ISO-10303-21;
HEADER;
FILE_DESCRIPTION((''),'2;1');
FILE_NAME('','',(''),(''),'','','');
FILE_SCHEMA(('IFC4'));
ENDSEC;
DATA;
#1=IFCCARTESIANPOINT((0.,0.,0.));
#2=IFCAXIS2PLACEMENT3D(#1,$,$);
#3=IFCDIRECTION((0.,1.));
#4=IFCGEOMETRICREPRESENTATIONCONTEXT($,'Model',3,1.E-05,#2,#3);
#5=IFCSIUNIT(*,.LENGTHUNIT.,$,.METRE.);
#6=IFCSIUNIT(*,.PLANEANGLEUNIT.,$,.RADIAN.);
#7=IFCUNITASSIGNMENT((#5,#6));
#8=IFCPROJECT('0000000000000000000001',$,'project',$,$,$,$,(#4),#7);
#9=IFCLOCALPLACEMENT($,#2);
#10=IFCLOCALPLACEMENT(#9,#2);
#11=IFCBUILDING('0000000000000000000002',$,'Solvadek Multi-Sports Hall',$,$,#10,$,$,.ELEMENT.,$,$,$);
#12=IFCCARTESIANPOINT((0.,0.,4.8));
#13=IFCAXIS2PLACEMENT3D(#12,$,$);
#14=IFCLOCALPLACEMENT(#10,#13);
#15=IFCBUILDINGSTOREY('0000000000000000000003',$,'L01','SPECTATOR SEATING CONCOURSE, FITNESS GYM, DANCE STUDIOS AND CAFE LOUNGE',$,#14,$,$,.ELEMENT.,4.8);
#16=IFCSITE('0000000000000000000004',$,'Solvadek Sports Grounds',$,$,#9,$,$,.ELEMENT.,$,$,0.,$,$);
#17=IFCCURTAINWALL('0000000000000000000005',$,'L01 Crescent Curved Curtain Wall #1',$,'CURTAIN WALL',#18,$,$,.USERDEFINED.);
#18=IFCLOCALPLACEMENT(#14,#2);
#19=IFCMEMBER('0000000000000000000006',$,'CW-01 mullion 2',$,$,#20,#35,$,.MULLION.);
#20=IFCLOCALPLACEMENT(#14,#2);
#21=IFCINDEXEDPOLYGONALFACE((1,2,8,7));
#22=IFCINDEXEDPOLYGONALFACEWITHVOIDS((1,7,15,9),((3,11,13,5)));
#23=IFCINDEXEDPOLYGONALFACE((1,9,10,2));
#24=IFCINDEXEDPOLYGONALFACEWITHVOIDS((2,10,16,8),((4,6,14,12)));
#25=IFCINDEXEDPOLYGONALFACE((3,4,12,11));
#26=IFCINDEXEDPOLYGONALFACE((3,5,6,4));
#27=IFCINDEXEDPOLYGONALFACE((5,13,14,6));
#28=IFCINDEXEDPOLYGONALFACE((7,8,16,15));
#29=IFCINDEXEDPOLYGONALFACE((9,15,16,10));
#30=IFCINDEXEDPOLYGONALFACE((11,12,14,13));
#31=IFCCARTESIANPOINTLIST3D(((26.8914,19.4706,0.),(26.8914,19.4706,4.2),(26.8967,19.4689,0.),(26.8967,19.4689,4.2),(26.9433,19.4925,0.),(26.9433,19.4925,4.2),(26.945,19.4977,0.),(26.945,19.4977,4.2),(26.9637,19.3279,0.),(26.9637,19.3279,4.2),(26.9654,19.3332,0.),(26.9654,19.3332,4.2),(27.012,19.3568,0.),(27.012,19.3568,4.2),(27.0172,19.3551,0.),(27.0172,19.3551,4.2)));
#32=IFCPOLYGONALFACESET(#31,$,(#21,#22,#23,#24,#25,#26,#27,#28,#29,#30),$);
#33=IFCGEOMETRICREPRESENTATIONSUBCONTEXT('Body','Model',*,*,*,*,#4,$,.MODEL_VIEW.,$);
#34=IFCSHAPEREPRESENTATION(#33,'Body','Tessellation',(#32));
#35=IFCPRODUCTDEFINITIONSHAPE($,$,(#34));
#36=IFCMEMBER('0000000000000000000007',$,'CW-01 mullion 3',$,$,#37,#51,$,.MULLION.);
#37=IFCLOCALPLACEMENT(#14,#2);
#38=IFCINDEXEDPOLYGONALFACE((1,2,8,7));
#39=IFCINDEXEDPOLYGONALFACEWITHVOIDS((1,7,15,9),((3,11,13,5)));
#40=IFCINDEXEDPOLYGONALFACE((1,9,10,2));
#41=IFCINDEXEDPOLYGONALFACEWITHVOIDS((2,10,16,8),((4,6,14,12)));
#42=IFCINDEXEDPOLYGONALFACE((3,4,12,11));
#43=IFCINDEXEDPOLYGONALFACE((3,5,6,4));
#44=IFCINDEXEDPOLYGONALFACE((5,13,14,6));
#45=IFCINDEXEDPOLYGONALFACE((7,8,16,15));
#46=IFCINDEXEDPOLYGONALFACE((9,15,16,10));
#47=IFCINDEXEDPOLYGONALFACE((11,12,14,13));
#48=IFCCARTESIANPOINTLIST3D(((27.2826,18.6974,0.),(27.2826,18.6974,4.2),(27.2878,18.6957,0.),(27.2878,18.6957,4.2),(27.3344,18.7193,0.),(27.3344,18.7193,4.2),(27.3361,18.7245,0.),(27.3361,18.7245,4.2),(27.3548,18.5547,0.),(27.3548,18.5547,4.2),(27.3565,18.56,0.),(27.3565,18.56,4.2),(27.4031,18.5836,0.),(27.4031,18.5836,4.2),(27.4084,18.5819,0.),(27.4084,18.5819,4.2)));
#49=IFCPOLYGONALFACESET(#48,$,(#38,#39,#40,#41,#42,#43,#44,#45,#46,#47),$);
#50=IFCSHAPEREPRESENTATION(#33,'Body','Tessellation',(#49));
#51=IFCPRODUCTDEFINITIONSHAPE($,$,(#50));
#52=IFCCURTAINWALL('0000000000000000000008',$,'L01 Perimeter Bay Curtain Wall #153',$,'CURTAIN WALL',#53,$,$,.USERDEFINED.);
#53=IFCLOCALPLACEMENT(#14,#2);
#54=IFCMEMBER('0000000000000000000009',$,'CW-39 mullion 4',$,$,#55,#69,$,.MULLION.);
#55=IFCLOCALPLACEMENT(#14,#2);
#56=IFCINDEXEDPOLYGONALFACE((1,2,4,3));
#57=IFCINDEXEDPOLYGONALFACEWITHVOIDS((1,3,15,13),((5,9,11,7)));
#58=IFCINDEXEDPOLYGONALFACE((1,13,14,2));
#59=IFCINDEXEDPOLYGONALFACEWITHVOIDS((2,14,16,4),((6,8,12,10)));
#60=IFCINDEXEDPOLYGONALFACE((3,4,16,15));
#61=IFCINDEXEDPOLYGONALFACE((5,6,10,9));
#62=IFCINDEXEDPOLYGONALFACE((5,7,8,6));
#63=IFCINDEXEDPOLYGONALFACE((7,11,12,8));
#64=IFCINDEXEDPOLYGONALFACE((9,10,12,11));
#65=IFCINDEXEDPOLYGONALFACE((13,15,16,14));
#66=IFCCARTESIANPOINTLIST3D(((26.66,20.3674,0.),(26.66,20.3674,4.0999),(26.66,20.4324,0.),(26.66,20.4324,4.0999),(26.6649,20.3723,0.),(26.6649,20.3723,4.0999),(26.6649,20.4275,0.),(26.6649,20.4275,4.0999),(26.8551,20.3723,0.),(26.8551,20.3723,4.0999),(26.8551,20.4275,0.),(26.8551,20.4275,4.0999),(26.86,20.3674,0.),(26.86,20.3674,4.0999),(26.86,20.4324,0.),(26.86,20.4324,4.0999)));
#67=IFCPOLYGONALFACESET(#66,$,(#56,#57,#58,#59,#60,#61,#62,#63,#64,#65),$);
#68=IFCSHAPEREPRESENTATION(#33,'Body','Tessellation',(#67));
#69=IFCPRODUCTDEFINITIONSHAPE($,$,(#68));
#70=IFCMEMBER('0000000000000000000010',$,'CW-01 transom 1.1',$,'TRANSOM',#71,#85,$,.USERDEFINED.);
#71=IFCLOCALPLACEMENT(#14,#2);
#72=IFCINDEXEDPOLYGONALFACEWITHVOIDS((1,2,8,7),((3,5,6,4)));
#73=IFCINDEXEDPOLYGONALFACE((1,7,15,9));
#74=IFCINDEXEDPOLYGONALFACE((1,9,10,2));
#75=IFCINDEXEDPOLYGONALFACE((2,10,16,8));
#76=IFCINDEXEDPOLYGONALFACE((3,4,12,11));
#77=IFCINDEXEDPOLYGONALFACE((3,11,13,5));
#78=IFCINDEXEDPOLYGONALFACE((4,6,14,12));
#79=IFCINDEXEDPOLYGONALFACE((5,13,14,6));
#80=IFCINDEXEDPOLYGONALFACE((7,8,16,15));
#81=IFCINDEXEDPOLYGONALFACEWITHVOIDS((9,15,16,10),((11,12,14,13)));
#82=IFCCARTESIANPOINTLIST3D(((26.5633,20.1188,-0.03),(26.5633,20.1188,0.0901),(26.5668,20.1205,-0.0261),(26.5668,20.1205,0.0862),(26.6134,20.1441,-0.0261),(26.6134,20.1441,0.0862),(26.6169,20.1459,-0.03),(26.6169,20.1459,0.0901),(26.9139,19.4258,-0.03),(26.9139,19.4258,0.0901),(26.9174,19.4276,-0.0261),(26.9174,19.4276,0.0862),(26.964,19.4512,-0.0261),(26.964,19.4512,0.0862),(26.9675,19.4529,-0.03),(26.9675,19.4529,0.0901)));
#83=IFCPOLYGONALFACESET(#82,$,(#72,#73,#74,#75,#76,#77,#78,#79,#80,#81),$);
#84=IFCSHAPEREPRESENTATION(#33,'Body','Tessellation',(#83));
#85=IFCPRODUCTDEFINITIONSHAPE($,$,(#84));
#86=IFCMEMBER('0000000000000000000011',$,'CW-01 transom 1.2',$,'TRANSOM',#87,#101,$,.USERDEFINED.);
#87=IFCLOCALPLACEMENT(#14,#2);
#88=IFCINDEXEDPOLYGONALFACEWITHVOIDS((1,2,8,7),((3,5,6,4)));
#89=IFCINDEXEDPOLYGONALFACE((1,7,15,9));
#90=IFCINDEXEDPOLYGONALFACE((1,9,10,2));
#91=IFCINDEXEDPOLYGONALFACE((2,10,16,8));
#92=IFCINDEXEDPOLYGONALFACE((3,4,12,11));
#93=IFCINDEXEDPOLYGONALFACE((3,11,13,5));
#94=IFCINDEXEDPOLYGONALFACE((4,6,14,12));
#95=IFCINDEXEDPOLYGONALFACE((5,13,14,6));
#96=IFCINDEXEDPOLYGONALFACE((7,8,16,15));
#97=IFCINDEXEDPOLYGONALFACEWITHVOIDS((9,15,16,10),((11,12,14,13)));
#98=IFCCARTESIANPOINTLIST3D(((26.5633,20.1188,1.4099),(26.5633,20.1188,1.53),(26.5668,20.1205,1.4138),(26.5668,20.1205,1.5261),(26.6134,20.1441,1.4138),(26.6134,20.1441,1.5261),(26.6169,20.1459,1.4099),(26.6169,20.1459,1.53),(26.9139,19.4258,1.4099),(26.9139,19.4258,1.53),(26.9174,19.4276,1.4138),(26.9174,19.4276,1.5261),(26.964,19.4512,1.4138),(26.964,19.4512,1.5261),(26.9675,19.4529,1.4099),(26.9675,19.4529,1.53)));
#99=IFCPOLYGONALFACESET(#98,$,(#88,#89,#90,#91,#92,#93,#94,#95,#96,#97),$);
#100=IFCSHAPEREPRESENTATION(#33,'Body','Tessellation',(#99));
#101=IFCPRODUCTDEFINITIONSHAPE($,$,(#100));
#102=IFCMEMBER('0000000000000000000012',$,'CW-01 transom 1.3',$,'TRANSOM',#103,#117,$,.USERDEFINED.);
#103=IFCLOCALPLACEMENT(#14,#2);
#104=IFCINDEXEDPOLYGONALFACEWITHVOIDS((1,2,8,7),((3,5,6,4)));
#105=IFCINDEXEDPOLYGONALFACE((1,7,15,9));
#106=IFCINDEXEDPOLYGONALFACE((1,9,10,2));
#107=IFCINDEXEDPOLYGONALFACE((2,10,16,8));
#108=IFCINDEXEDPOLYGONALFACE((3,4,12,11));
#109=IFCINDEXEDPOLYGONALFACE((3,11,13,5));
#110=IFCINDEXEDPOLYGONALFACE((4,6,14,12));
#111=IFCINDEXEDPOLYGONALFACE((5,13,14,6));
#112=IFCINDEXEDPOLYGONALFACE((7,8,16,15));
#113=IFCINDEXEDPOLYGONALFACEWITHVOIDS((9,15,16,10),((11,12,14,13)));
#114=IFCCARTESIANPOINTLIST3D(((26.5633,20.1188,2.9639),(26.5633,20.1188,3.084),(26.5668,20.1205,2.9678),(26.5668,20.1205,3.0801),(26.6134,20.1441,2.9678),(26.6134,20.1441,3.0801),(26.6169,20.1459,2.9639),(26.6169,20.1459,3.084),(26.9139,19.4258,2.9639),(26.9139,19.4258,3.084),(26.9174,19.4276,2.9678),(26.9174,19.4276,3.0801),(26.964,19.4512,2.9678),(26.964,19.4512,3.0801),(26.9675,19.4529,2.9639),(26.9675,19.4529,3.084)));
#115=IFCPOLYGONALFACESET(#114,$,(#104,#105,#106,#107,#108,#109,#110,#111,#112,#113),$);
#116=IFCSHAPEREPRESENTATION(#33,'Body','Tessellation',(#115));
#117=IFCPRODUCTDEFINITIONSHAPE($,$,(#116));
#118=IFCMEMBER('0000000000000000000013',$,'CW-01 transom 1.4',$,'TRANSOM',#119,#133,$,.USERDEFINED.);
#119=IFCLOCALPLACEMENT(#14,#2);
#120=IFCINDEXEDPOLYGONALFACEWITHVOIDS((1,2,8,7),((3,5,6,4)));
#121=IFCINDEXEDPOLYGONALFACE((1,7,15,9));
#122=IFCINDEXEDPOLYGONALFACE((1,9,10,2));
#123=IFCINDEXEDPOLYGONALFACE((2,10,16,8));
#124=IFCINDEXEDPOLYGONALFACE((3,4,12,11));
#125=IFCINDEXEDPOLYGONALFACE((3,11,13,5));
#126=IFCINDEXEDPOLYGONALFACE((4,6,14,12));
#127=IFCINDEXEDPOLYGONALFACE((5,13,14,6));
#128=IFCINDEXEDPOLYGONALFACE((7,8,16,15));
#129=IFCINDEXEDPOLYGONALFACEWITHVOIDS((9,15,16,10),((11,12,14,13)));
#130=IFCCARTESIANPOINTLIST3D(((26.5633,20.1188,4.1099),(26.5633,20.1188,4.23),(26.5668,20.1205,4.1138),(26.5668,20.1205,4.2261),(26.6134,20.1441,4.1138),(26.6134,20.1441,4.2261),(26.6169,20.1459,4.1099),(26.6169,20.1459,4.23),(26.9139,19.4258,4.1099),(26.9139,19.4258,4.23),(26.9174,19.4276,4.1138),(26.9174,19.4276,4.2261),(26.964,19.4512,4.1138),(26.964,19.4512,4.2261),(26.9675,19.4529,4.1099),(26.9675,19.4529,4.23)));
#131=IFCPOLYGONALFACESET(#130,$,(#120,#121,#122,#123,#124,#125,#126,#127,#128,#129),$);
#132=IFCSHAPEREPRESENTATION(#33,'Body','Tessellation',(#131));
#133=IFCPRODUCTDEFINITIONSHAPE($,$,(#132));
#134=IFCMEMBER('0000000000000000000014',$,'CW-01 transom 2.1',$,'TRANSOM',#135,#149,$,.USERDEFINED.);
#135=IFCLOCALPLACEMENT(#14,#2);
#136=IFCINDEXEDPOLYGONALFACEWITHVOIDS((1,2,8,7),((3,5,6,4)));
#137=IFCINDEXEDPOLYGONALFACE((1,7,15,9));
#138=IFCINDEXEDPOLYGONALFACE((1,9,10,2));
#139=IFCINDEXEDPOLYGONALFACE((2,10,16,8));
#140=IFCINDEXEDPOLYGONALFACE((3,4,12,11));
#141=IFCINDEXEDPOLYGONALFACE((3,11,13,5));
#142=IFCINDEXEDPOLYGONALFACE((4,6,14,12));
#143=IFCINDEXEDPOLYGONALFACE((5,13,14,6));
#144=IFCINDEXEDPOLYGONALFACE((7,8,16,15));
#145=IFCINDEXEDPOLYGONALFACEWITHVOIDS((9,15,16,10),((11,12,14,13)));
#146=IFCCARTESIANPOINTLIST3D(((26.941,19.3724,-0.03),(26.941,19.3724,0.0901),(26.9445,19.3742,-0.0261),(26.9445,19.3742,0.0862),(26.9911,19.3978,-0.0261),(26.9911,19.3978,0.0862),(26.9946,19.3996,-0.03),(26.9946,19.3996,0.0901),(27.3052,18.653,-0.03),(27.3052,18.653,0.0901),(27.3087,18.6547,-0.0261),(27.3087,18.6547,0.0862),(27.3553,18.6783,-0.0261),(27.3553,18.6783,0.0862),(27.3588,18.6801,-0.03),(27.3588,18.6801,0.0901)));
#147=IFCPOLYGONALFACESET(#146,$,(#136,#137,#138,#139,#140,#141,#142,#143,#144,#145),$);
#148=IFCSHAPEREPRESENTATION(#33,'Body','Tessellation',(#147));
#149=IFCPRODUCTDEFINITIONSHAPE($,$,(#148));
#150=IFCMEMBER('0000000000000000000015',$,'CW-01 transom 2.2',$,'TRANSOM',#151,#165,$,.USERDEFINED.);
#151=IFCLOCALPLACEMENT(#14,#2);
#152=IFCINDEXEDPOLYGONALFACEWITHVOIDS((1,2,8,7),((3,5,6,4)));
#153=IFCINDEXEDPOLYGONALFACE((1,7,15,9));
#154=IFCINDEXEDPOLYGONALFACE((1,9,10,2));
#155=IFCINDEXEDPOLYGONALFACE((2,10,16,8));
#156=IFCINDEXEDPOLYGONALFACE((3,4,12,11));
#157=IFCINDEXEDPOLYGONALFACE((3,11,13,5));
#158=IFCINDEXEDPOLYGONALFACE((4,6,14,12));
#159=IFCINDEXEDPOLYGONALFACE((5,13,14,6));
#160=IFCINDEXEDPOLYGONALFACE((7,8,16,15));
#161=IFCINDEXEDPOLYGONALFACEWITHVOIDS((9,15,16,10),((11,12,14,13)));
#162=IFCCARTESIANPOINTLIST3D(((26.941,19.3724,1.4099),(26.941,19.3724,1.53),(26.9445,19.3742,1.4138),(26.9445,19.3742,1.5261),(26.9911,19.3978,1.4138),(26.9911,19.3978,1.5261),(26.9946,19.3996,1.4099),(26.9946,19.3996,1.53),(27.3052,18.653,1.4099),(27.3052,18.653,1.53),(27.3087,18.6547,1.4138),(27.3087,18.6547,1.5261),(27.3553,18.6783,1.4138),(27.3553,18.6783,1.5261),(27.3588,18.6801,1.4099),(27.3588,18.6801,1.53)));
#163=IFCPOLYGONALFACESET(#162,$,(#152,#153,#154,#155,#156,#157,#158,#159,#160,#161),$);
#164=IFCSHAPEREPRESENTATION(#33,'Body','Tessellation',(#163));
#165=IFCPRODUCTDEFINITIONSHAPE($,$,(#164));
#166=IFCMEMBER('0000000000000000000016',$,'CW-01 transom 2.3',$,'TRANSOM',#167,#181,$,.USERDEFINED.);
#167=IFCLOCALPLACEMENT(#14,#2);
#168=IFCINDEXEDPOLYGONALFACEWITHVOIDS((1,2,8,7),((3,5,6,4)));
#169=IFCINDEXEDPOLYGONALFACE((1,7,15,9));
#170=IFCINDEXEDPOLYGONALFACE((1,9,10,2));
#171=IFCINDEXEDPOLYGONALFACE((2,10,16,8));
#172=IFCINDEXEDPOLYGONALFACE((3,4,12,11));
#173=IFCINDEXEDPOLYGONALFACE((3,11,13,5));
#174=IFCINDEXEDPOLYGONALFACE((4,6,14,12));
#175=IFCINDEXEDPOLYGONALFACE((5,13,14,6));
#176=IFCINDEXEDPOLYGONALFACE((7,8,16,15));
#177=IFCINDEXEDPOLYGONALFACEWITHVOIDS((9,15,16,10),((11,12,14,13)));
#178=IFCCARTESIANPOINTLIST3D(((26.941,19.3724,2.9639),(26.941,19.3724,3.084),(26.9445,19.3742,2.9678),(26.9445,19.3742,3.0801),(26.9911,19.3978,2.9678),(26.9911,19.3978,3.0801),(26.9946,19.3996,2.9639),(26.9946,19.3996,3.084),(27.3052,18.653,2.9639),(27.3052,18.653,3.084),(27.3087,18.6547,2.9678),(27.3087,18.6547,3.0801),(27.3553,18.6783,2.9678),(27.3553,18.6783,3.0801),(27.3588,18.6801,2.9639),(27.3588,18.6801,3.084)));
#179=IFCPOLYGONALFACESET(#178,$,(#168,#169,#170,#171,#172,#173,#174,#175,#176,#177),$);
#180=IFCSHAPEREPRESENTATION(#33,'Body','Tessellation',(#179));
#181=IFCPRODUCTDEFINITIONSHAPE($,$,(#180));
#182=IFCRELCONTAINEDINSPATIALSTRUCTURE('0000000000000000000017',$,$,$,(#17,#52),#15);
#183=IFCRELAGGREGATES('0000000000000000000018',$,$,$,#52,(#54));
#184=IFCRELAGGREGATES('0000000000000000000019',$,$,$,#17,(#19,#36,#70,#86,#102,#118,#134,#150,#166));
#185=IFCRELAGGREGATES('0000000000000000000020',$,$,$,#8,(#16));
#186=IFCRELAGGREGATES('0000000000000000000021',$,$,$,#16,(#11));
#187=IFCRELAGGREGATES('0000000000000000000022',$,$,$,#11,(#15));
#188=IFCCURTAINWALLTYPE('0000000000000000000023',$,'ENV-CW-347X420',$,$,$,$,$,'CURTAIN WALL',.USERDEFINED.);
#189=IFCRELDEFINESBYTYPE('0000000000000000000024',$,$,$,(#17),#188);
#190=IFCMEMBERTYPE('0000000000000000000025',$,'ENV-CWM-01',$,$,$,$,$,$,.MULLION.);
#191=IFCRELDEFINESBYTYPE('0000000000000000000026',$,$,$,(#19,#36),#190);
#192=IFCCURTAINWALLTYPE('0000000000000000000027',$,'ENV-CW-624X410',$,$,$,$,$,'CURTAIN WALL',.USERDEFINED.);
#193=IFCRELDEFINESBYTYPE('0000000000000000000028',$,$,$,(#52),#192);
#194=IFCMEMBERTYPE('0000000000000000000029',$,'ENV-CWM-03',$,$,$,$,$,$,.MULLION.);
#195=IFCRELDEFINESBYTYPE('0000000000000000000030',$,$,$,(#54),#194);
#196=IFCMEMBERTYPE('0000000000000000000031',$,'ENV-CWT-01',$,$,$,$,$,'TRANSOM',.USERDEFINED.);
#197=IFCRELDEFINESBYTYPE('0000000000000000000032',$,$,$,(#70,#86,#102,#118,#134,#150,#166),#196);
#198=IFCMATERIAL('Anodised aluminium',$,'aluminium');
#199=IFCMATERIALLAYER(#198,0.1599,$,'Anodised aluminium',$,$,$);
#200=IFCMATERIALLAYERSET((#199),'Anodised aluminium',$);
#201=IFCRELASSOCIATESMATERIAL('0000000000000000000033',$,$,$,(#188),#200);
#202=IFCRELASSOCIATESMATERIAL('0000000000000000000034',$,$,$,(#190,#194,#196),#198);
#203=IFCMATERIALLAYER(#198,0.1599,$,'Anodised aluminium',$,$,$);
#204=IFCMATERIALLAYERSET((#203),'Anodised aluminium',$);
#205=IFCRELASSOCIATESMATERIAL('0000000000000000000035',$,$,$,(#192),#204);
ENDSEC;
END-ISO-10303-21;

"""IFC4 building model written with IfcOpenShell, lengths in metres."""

from ifc_helpers import new_model, si_unit, direction, frame, origin, origin_2d, place, context, subcontext, project, spatial, hollow_rectangle, extrude, material, layer, layer_set, material_profile, profile_set, type_object, element, aggregate, save


model = new_model("IFC4")

# Units and contexts
model_context = context("Model", 3, precision=1e-05, world=origin(), true_north=direction((0.0, 1.0)))
body_context = subcontext(model_context, "Body", "Model", "MODEL_VIEW")
ifc_project = project(units=[si_unit("LENGTHUNIT", "METRE"), si_unit("PLANEANGLEUNIT", "RADIAN")], contexts=[model_context])

# Site, building, storey
site_placement = place(None, origin())
site = spatial("IfcSite", under=ifc_project, at=site_placement, Name="Solvadek Sports Grounds", CompositionType="ELEMENT", RefElevation=0.0)
building_placement = place(site_placement, origin())
building = spatial("IfcBuilding", under=site, at=building_placement, Name="Solvadek Multi-Sports Hall", CompositionType="ELEMENT")
storey_placement = place(building_placement, frame((0.0, 0.0, 4.8)))
storey = spatial("IfcBuildingStorey", under=building, at=storey_placement, Name="L01", Description="SPECTATOR SEATING CONCOURSE, FITNESS GYM, DANCE STUDIOS AND CAFE LOUNGE", CompositionType="ELEMENT", Elevation=4.8)

# Curtain wall, members
ifc_material_1 = material(Name="Anodised aluminium", Category="aluminium")
ifc_layer_1 = layer(ifc_material_1, 0.1599, Name="Anodised aluminium")
ifc_layer_set_1 = layer_set([ifc_layer_1], Name="Anodised aluminium")
curtain_wall_type_1 = type_object("IfcCurtainWallType", Name="ENV-CW-347X420", ElementType="CURTAIN WALL", PredefinedType="USERDEFINED", material=ifc_layer_set_1)
curtain_wall_1_placement = place(storey_placement, origin())
curtain_wall_1 = element("IfcCurtainWall", 1, at=curtain_wall_1_placement, inside=storey, type_object=curtain_wall_type_1, Name="L01 Crescent Curved Curtain Wall #1", ObjectType="CURTAIN WALL", PredefinedType="USERDEFINED")
ifc_material_profile_1 = material_profile(ifc_material_1, hollow_rectangle(XDim=0.0601, YDim=0.1599, WallThickness=0.0039, at=origin_2d()), Name="ALU-M 160x60x4")
ifc_profile_set_1 = profile_set([ifc_material_profile_1], Name="Anodised aluminium")
member_type_1 = type_object("IfcMemberType", Name="ENV-CWM-01", PredefinedType="MULLION", material=ifc_profile_set_1)
member_1_placement = place(storey_placement, frame((26.9543, 19.4128, 0.0), z_axis=(0.0, 0.0, 1.0), x_axis=(0.892241, 0.451559, 0.0)))
member_1 = element("IfcMember", 2, at=member_1_placement, type_object=member_type_1, Name="CW-01 mullion 2", PredefinedType="MULLION", context=body_context, shape_type="SweptSolid", body=[
    extrude(hollow_rectangle(XDim=0.0601, YDim=0.1599, WallThickness=0.0039, at=origin_2d()), origin(), (0.0, 0.0, 1.0), 4.2),
])
member_2_placement = place(storey_placement, frame((27.3455, 18.6396, 0.0), z_axis=(0.0, 0.0, 1.0), x_axis=(0.892241, 0.451559, 0.0)))
member_2 = element("IfcMember", 3, at=member_2_placement, type_object=member_type_1, Name="CW-01 mullion 3", PredefinedType="MULLION", context=body_context, shape_type="SweptSolid", body=[
    extrude(hollow_rectangle(XDim=0.0601, YDim=0.1599, WallThickness=0.0039, at=origin_2d()), origin(), (0.0, 0.0, 1.0), 4.2),
])

# Curtain wall, member
ifc_layer_2 = layer(ifc_material_1, 0.1599, Name="Anodised aluminium")
ifc_layer_set_2 = layer_set([ifc_layer_2], Name="Anodised aluminium")
curtain_wall_type_2 = type_object("IfcCurtainWallType", Name="ENV-CW-624X410", ElementType="CURTAIN WALL", PredefinedType="USERDEFINED", material=ifc_layer_set_2)
curtain_wall_2_placement = place(storey_placement, origin())
curtain_wall_2 = element("IfcCurtainWall", 4, at=curtain_wall_2_placement, inside=storey, type_object=curtain_wall_type_2, Name="L01 Perimeter Bay Curtain Wall #153", ObjectType="CURTAIN WALL", PredefinedType="USERDEFINED")
ifc_material_profile_2 = material_profile(ifc_material_1, hollow_rectangle(XDim=0.0649, YDim=0.2, WallThickness=0.0049, at=origin_2d()), Name="ALU-M 200x65x5")
ifc_profile_set_2 = profile_set([ifc_material_profile_2], Name="Anodised aluminium")
member_type_2 = type_object("IfcMemberType", Name="ENV-CWM-03", PredefinedType="MULLION", material=ifc_profile_set_2)
member_3_placement = place(storey_placement, frame((26.76, 20.3999, 0.0), z_axis=(0.0, 0.0, 1.0), x_axis=(0.0, 1.0, 0.0)))
member_3 = element("IfcMember", 5, at=member_3_placement, type_object=member_type_2, Name="CW-39 mullion 4", PredefinedType="MULLION", context=body_context, shape_type="SweptSolid", body=[
    extrude(hollow_rectangle(XDim=0.0649, YDim=0.2, WallThickness=0.0049, at=origin_2d()), origin(), (0.0, 0.0, 1.0), 4.0999),
])

# Members
ifc_material_profile_3 = material_profile(ifc_material_1, hollow_rectangle(XDim=0.0601, YDim=0.1201, WallThickness=0.0039, at=origin_2d()), Name="ALU-T 120x60x4")
ifc_profile_set_3 = profile_set([ifc_material_profile_3], Name="Anodised aluminium")
member_type_3 = type_object("IfcMemberType", Name="ENV-CWT-01", ElementType="TRANSOM", PredefinedType="USERDEFINED", material=ifc_profile_set_3)
member_4_placement = place(storey_placement, frame((26.5901, 20.1323, 0.03), z_axis=(0.451484, -0.892279, 0.0), x_axis=(0.892279, 0.451484, 0.0)))
member_4 = element("IfcMember", 6, at=member_4_placement, type_object=member_type_3, Name="CW-01 transom 1.1", ObjectType="TRANSOM", PredefinedType="USERDEFINED", context=body_context, shape_type="SweptSolid", body=[
    extrude(hollow_rectangle(XDim=0.0601, YDim=0.1201, WallThickness=0.0039, at=origin_2d()), origin(), (0.0, 0.0, 1.0), 0.7766),
])
member_5_placement = place(storey_placement, frame((26.5901, 20.1323, 1.47), z_axis=(0.451484, -0.892279, 0.0), x_axis=(0.892279, 0.451484, 0.0)))
member_5 = element("IfcMember", 7, at=member_5_placement, type_object=member_type_3, Name="CW-01 transom 1.2", ObjectType="TRANSOM", PredefinedType="USERDEFINED", context=body_context, shape_type="SweptSolid", body=[
    extrude(hollow_rectangle(XDim=0.0601, YDim=0.1201, WallThickness=0.0039, at=origin_2d()), origin(), (0.0, 0.0, 1.0), 0.7766),
])
member_6_placement = place(storey_placement, frame((26.5901, 20.1323, 3.0239), z_axis=(0.451484, -0.892279, 0.0), x_axis=(0.892279, 0.451484, 0.0)))
member_6 = element("IfcMember", 8, at=member_6_placement, type_object=member_type_3, Name="CW-01 transom 1.3", ObjectType="TRANSOM", PredefinedType="USERDEFINED", context=body_context, shape_type="SweptSolid", body=[
    extrude(hollow_rectangle(XDim=0.0601, YDim=0.1201, WallThickness=0.0039, at=origin_2d()), origin(), (0.0, 0.0, 1.0), 0.7766),
])
member_7_placement = place(storey_placement, frame((26.5901, 20.1323, 4.1699), z_axis=(0.451484, -0.892279, 0.0), x_axis=(0.892279, 0.451484, 0.0)))
member_7 = element("IfcMember", 9, at=member_7_placement, type_object=member_type_3, Name="CW-01 transom 1.4", ObjectType="TRANSOM", PredefinedType="USERDEFINED", context=body_context, shape_type="SweptSolid", body=[
    extrude(hollow_rectangle(XDim=0.0601, YDim=0.1201, WallThickness=0.0039, at=origin_2d()), origin(), (0.0, 0.0, 1.0), 0.7766),
])
member_8_placement = place(storey_placement, frame((26.9678, 19.386, 0.03), z_axis=(0.451689, -0.892176, 0.0), x_axis=(0.892176, 0.451689, 0.0)))
member_8 = element("IfcMember", 10, at=member_8_placement, type_object=member_type_3, Name="CW-01 transom 2.1", ObjectType="TRANSOM", PredefinedType="USERDEFINED", context=body_context, shape_type="SweptSolid", body=[
    extrude(hollow_rectangle(XDim=0.0601, YDim=0.1201, WallThickness=0.0039, at=origin_2d()), origin(), (0.0, 0.0, 1.0), 0.8064),
])
member_9_placement = place(storey_placement, frame((26.9678, 19.386, 1.47), z_axis=(0.451689, -0.892176, 0.0), x_axis=(0.892176, 0.451689, 0.0)))
member_9 = element("IfcMember", 11, at=member_9_placement, type_object=member_type_3, Name="CW-01 transom 2.2", ObjectType="TRANSOM", PredefinedType="USERDEFINED", context=body_context, shape_type="SweptSolid", body=[
    extrude(hollow_rectangle(XDim=0.0601, YDim=0.1201, WallThickness=0.0039, at=origin_2d()), origin(), (0.0, 0.0, 1.0), 0.8064),
])
member_10_placement = place(storey_placement, frame((26.9678, 19.386, 3.0239), z_axis=(0.451689, -0.892176, 0.0), x_axis=(0.892176, 0.451689, 0.0)))
member_10 = element("IfcMember", 12, at=member_10_placement, type_object=member_type_3, Name="CW-01 transom 2.3", ObjectType="TRANSOM", PredefinedType="USERDEFINED", context=body_context, shape_type="SweptSolid", body=[
    extrude(hollow_rectangle(XDim=0.0601, YDim=0.1201, WallThickness=0.0039, at=origin_2d()), origin(), (0.0, 0.0, 1.0), 0.8064),
])
aggregate(curtain_wall_2, [member_3])

aggregate(curtain_wall_1, [member_1, member_2, member_4, member_5, member_6, member_7, member_8, member_9, member_10])

save(model, "model.ifc")
